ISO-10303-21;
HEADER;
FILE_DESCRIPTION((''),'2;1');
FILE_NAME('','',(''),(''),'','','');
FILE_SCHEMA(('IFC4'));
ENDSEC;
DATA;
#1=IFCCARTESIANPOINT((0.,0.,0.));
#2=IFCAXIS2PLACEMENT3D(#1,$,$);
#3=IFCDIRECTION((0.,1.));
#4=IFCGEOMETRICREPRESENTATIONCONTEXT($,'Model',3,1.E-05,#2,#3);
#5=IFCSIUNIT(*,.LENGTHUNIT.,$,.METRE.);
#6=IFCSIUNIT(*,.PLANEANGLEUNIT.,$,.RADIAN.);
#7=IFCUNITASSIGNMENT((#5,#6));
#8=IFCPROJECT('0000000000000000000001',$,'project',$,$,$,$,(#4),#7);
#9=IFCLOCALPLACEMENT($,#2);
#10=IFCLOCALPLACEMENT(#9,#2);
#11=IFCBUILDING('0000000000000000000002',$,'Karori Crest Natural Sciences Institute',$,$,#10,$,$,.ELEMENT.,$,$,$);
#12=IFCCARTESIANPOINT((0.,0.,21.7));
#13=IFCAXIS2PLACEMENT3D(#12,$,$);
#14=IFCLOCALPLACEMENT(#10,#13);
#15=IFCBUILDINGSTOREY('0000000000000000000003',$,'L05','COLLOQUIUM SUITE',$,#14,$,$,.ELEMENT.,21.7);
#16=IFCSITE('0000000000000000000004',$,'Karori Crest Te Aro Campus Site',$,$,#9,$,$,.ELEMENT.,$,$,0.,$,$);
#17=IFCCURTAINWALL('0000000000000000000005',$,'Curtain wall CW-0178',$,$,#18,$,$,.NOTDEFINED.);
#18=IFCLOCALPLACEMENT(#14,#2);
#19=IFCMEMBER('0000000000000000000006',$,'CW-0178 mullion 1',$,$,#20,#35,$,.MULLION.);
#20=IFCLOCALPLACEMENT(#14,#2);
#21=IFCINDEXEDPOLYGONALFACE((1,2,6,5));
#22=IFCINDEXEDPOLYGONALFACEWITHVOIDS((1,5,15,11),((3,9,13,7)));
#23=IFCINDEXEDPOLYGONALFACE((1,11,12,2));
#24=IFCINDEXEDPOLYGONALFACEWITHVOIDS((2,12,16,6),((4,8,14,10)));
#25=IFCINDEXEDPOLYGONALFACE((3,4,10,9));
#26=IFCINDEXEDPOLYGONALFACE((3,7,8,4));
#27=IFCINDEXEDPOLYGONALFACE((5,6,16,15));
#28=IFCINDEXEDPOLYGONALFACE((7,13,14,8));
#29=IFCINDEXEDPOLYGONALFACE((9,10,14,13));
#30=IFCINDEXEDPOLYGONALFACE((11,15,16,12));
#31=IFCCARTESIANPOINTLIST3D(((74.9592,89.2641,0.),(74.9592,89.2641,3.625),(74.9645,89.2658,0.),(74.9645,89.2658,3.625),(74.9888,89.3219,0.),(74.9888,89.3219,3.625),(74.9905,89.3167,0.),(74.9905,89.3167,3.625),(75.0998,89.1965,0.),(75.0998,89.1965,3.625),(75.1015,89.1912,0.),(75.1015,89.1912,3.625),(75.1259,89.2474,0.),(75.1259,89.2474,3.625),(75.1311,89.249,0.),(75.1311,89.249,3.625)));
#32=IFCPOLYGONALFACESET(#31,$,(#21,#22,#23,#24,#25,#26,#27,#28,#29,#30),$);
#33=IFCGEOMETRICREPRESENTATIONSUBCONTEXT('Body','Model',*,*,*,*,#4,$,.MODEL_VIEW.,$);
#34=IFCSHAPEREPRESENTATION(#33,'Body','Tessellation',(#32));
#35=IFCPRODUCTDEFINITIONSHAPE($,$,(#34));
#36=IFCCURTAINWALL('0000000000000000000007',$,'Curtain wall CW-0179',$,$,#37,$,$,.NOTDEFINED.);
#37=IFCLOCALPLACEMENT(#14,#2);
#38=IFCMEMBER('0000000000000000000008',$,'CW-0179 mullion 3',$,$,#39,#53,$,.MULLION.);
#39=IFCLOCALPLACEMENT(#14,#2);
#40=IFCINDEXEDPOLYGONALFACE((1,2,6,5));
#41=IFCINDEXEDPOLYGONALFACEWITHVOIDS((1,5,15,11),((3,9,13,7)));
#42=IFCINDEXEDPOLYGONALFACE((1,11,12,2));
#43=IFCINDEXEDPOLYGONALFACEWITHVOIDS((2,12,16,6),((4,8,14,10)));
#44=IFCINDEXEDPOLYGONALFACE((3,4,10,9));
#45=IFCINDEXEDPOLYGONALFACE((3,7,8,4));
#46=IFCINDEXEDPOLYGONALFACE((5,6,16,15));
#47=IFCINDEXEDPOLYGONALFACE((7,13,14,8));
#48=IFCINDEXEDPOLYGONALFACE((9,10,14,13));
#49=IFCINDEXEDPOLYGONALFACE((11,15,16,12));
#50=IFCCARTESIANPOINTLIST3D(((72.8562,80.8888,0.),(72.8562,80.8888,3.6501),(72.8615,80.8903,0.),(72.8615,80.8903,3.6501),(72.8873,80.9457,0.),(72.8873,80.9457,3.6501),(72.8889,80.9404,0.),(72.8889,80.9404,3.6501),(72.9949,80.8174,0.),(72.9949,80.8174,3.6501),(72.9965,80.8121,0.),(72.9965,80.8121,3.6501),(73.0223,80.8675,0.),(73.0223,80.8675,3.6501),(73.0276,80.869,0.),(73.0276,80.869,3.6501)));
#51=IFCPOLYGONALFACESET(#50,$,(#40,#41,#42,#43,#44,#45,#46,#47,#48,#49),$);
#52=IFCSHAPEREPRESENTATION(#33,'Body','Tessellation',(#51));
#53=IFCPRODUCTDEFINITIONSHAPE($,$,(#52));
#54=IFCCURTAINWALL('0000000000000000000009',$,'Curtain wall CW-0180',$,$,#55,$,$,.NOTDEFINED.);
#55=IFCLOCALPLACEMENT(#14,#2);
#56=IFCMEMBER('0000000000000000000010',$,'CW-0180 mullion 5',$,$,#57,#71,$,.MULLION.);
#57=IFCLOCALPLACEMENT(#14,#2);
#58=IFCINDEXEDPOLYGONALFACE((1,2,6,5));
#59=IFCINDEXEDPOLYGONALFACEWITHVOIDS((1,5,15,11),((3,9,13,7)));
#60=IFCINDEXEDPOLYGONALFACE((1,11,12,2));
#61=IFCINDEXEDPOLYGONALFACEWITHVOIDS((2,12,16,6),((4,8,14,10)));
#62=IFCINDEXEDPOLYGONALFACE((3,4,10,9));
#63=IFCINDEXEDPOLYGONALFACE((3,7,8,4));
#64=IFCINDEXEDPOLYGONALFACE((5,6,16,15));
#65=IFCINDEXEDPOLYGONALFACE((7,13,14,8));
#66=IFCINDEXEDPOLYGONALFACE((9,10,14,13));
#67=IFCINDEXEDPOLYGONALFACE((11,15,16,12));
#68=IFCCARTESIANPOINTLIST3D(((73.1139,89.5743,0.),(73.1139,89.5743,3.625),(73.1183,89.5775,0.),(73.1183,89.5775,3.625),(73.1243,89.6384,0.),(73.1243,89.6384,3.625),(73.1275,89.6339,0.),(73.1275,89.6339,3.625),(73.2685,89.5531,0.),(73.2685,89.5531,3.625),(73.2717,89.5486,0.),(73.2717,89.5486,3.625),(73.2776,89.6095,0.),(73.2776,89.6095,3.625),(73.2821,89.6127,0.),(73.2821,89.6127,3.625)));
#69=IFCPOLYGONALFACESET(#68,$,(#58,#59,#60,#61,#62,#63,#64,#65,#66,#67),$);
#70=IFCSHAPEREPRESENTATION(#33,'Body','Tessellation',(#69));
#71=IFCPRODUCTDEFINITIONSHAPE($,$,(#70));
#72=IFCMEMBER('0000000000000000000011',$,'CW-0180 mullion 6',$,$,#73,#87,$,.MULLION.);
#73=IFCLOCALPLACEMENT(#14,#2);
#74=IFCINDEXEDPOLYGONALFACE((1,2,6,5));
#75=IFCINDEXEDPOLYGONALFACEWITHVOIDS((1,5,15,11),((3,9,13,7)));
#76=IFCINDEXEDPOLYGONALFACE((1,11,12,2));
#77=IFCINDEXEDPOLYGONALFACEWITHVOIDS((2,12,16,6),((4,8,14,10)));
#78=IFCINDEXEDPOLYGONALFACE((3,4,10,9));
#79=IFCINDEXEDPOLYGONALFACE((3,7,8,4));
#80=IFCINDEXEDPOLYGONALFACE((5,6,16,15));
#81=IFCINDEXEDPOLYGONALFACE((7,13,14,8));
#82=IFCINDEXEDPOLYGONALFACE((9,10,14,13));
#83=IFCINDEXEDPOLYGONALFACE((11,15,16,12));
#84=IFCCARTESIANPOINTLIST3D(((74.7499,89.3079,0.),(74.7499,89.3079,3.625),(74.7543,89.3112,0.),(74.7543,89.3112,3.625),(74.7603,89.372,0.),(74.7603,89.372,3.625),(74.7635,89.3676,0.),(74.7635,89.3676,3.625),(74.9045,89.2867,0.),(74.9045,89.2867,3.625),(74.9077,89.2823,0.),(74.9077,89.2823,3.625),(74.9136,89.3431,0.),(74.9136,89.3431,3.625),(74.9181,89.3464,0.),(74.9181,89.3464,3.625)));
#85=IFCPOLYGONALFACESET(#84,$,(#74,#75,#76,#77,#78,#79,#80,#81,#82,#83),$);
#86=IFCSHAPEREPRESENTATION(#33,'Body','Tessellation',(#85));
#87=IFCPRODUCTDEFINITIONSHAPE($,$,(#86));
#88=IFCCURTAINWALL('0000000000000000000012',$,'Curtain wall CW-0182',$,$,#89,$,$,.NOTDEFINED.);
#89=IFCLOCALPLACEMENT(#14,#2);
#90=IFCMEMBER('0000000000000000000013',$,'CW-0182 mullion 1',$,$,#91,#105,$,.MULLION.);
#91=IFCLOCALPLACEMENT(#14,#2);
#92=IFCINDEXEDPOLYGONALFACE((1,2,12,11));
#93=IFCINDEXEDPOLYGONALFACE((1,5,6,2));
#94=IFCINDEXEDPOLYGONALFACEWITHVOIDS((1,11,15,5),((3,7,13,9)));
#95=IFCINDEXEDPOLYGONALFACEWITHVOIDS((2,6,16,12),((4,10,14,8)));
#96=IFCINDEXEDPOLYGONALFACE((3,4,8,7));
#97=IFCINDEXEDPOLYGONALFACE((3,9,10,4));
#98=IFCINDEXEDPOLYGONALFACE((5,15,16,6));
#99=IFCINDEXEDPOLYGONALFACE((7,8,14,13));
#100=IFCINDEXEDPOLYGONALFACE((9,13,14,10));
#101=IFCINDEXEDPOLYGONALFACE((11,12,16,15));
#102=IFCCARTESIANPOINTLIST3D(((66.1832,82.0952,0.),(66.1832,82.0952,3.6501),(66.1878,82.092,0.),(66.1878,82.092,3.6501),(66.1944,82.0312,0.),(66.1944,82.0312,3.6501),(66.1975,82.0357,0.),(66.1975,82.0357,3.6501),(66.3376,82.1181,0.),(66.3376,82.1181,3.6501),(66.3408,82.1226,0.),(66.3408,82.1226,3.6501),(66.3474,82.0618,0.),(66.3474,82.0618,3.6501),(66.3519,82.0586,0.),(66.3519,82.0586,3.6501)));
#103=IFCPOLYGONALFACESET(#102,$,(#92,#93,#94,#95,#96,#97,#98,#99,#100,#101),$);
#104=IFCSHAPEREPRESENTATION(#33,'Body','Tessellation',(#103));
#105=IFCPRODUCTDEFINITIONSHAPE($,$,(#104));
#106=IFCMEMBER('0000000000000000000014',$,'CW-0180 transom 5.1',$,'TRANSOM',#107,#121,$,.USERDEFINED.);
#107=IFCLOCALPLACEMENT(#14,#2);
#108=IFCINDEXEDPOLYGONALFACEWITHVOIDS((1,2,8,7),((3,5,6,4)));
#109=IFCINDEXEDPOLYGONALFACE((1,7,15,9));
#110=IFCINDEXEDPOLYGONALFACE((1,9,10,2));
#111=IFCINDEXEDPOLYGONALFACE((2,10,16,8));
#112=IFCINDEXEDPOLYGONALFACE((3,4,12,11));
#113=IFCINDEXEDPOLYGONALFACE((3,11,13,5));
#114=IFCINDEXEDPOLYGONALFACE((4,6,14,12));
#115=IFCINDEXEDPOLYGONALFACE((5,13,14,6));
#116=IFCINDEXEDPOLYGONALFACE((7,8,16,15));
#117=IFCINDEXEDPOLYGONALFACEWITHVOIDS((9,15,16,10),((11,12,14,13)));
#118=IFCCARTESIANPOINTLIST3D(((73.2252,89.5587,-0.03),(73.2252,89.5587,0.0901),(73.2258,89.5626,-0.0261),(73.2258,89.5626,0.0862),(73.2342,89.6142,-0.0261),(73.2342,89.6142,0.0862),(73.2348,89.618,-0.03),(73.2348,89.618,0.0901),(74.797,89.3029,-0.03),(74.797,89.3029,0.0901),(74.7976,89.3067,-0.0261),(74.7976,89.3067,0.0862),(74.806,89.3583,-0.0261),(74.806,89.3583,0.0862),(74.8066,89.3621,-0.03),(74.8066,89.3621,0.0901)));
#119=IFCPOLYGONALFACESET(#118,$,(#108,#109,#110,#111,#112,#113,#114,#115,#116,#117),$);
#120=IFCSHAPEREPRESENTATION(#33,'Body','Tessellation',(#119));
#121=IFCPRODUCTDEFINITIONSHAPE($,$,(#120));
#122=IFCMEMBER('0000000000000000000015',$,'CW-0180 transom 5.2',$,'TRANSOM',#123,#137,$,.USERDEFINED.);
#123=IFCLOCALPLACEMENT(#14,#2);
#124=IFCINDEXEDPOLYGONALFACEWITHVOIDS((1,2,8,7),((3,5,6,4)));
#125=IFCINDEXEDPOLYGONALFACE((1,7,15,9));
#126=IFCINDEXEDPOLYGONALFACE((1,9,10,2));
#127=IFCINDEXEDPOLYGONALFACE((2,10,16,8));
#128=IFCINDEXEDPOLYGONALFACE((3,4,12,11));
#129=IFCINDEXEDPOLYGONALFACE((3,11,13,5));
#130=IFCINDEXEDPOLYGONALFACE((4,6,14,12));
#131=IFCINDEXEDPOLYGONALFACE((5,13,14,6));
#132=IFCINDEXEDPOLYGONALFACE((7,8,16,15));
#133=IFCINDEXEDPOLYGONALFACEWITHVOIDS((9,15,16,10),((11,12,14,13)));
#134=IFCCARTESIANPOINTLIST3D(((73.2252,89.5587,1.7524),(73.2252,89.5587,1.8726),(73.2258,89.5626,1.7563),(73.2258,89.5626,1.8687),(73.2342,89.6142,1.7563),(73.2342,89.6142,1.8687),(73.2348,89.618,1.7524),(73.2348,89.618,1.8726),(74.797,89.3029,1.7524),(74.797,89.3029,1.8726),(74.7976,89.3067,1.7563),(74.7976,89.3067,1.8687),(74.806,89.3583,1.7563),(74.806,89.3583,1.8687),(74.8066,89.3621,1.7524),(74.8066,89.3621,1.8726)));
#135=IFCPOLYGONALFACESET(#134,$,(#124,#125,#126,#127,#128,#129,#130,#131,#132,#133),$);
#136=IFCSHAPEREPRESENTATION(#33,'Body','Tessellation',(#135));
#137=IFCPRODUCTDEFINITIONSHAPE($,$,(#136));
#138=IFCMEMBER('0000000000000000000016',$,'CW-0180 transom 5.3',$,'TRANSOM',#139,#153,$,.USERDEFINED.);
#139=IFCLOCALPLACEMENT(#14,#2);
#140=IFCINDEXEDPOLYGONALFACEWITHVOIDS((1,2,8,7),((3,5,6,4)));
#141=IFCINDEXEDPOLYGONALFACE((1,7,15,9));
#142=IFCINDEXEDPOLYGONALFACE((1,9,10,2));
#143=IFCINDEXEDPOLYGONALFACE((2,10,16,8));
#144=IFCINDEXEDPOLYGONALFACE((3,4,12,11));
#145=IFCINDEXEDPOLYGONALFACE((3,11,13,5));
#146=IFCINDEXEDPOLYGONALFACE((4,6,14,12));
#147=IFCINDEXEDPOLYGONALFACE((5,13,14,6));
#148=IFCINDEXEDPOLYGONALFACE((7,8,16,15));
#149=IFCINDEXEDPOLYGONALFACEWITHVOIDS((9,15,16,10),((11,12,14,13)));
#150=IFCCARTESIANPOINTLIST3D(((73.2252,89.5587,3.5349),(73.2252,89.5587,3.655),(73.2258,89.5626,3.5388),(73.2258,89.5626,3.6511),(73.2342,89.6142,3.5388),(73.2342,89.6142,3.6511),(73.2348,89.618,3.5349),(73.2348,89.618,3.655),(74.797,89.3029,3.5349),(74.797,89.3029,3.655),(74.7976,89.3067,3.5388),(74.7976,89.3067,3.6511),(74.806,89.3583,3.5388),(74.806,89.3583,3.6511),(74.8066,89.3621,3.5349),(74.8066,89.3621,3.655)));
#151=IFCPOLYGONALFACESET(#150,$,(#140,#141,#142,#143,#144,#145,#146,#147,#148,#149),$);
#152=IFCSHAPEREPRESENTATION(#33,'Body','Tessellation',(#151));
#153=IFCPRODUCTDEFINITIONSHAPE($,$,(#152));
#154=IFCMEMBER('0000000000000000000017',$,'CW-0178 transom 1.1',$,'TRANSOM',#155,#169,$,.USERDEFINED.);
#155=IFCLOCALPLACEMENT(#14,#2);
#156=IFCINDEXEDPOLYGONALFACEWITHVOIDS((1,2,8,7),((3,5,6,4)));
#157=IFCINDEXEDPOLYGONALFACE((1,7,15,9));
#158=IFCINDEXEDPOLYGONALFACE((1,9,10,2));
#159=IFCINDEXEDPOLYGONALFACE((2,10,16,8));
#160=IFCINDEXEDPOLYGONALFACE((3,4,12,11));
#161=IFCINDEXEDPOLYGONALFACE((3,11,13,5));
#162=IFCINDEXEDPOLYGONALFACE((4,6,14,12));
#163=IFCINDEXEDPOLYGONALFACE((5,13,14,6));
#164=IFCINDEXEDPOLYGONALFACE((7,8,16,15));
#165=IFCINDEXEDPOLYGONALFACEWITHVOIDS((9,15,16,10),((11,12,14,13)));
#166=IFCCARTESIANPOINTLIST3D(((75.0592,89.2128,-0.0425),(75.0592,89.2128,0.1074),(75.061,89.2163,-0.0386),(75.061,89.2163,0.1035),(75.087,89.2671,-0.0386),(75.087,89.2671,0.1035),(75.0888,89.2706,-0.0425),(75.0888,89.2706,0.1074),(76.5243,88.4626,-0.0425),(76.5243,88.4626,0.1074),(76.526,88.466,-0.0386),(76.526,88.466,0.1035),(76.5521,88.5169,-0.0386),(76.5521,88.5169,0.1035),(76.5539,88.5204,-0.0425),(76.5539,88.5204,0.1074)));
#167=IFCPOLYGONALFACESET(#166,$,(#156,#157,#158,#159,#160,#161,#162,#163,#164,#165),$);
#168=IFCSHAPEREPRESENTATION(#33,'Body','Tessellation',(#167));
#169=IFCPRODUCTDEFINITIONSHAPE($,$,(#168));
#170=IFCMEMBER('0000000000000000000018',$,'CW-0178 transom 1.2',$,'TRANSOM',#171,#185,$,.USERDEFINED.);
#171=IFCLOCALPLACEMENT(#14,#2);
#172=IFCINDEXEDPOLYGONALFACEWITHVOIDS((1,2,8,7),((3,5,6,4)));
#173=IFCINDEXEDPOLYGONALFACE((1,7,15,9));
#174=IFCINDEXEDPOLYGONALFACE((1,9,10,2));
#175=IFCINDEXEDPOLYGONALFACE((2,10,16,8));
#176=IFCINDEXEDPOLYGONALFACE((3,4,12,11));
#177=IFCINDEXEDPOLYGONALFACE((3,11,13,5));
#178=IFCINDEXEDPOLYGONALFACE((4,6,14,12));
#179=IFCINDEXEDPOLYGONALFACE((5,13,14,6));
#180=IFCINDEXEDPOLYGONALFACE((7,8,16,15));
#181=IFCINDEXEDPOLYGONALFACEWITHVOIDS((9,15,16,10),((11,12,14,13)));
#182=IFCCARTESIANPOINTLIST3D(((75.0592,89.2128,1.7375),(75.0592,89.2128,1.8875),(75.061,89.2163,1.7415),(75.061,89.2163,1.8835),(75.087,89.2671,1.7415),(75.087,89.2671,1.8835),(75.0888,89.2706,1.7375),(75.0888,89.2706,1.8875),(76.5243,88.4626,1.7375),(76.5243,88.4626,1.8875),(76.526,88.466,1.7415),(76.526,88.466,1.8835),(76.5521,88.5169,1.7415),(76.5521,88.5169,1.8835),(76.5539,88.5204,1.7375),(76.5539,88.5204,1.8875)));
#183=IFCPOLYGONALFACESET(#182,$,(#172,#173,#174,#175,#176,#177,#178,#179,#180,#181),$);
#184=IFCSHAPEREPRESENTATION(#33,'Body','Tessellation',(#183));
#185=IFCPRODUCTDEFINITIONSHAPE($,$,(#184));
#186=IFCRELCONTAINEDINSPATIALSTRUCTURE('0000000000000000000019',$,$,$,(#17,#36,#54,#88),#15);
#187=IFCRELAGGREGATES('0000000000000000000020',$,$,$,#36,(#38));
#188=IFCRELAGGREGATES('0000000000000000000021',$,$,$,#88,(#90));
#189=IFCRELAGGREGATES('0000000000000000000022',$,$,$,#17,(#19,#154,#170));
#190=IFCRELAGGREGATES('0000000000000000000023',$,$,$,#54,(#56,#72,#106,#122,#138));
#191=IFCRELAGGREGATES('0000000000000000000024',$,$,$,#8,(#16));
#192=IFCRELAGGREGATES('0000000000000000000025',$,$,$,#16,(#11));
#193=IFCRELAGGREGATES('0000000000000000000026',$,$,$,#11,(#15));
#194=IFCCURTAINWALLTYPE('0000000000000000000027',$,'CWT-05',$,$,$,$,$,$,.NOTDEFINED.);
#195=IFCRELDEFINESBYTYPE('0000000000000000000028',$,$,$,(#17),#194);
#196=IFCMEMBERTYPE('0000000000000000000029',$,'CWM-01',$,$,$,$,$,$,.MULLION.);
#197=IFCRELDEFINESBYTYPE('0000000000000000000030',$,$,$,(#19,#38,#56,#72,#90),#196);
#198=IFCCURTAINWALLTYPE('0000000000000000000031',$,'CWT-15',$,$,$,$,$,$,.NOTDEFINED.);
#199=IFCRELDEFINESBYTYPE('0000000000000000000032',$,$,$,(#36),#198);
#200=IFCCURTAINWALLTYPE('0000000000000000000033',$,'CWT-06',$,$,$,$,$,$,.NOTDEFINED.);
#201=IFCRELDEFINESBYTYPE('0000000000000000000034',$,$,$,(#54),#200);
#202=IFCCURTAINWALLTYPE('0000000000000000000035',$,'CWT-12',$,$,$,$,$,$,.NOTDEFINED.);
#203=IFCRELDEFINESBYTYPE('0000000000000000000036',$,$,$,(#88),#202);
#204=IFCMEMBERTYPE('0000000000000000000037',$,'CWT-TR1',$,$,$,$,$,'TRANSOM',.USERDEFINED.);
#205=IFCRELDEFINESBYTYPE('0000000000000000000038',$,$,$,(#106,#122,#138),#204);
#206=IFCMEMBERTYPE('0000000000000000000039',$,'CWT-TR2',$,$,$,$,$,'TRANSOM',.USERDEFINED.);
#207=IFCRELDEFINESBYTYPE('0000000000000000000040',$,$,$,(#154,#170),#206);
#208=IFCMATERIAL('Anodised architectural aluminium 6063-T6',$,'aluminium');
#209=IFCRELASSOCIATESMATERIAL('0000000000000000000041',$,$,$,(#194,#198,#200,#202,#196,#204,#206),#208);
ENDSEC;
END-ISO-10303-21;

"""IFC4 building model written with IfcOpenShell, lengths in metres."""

from ifc_helpers import new_model, si_unit, direction, frame, origin, origin_2d, place, context, subcontext, project, spatial, hollow_rectangle, extrude, material, material_profile, profile_set, type_object, element, aggregate, save


model = new_model("IFC4")

# Units and contexts
model_context = context("Model", 3, precision=1e-05, world=origin(), true_north=direction((0.0, 1.0)))
body_context = subcontext(model_context, "Body", "Model", "MODEL_VIEW")
ifc_project = project(units=[si_unit("LENGTHUNIT", "METRE"), si_unit("PLANEANGLEUNIT", "RADIAN")], contexts=[model_context])

# Site, building, storey
site_placement = place(None, origin())
site = spatial("IfcSite", under=ifc_project, at=site_placement, Name="Karori Crest Te Aro Campus Site", CompositionType="ELEMENT", RefElevation=0.0)
building_placement = place(site_placement, origin())
building = spatial("IfcBuilding", under=site, at=building_placement, Name="Karori Crest Natural Sciences Institute", CompositionType="ELEMENT")
storey_placement = place(building_placement, frame((0.0, 0.0, 21.7)))
storey = spatial("IfcBuildingStorey", under=building, at=storey_placement, Name="L05", Description="COLLOQUIUM SUITE", CompositionType="ELEMENT", Elevation=21.7)

# Curtain walls, members
ifc_material_1 = material(Name="Anodised architectural aluminium 6063-T6", Category="aluminium")
curtain_wall_type_1 = type_object("IfcCurtainWallType", Name="CWT-05", PredefinedType="NOTDEFINED", material=ifc_material_1)
curtain_wall_1_placement = place(storey_placement, origin())
curtain_wall_1 = element("IfcCurtainWall", 1, at=curtain_wall_1_placement, inside=storey, type_object=curtain_wall_type_1, Name="Curtain wall CW-0178", PredefinedType="NOTDEFINED")
ifc_material_profile_1 = material_profile(ifc_material_1, hollow_rectangle(XDim=0.0649, YDim=0.1599, WallThickness=0.0039, at=origin_2d()), Name="CWM160x65x4")
ifc_profile_set_1 = profile_set([ifc_material_profile_1], Name="Anodised architectural aluminium 6063-T6")
member_type_1 = type_object("IfcMemberType", Name="CWM-01", PredefinedType="MULLION", material=ifc_profile_set_1)
member_1_placement = place(storey_placement, frame((75.0452, 89.2566, 0.0), z_axis=(0.0, 0.0, 1.0), x_axis=(0.455829, 0.890067, 0.0)))
member_1 = element("IfcMember", 2, at=member_1_placement, type_object=member_type_1, Name="CW-0178 mullion 1", PredefinedType="MULLION", context=body_context, shape_type="SweptSolid", body=[
    extrude(hollow_rectangle(XDim=0.0649, YDim=0.1599, WallThickness=0.0039, at=origin_2d()), origin(), (0.0, 0.0, 1.0), 3.625),
])
curtain_wall_type_2 = type_object("IfcCurtainWallType", Name="CWT-15", PredefinedType="NOTDEFINED", material=ifc_material_1)
curtain_wall_2_placement = place(storey_placement, origin())
curtain_wall_2 = element("IfcCurtainWall", 3, at=curtain_wall_2_placement, inside=storey, type_object=curtain_wall_type_2, Name="Curtain wall CW-0179", PredefinedType="NOTDEFINED")
member_2_placement = place(storey_placement, frame((72.9419, 80.8789, 0.0), z_axis=(0.0, 0.0, 1.0), x_axis=(-0.479631, -0.87747, 0.0)))
member_2 = element("IfcMember", 4, at=member_2_placement, type_object=member_type_1, Name="CW-0179 mullion 3", PredefinedType="MULLION", context=body_context, shape_type="SweptSolid", body=[
    extrude(hollow_rectangle(XDim=0.0649, YDim=0.1599, WallThickness=0.0039, at=origin_2d()), origin(), (0.0, 0.0, 1.0), 3.6501),
])
aggregate(curtain_wall_2, [member_2])

# Curtain wall, members
curtain_wall_type_3 = type_object("IfcCurtainWallType", Name="CWT-06", PredefinedType="NOTDEFINED", material=ifc_material_1)
curtain_wall_3_placement = place(storey_placement, origin())
curtain_wall_3 = element("IfcCurtainWall", 5, at=curtain_wall_3_placement, inside=storey, type_object=curtain_wall_type_3, Name="Curtain wall CW-0180", PredefinedType="NOTDEFINED")
member_3_placement = place(storey_placement, frame((73.198, 89.5935, 0.0), z_axis=(0.0, 0.0, 1.0), x_axis=(0.160655, 0.987011, 0.0)))
member_3 = element("IfcMember", 6, at=member_3_placement, type_object=member_type_1, Name="CW-0180 mullion 5", PredefinedType="MULLION", context=body_context, shape_type="SweptSolid", body=[
    extrude(hollow_rectangle(XDim=0.0649, YDim=0.1599, WallThickness=0.0039, at=origin_2d()), origin(), (0.0, 0.0, 1.0), 3.625),
])
member_4_placement = place(storey_placement, frame((74.834, 89.3271, 0.0), z_axis=(0.0, 0.0, 1.0), x_axis=(0.160655, 0.987011, 0.0)))
member_4 = element("IfcMember", 7, at=member_4_placement, type_object=member_type_1, Name="CW-0180 mullion 6", PredefinedType="MULLION", context=body_context, shape_type="SweptSolid", body=[
    extrude(hollow_rectangle(XDim=0.0649, YDim=0.1599, WallThickness=0.0039, at=origin_2d()), origin(), (0.0, 0.0, 1.0), 3.625),
])

# Curtain wall, member
curtain_wall_type_4 = type_object("IfcCurtainWallType", Name="CWT-12", PredefinedType="NOTDEFINED", material=ifc_material_1)
curtain_wall_4_placement = place(storey_placement, origin())
curtain_wall_4 = element("IfcCurtainWall", 8, at=curtain_wall_4_placement, inside=storey, type_object=curtain_wall_type_4, Name="Curtain wall CW-0182", PredefinedType="NOTDEFINED")
member_5_placement = place(storey_placement, frame((66.2676, 82.0769, 0.0), z_axis=(0.0, 0.0, 1.0), x_axis=(0.171174, -0.985241, 0.0)))
member_5 = element("IfcMember", 9, at=member_5_placement, type_object=member_type_1, Name="CW-0182 mullion 1", PredefinedType="MULLION", context=body_context, shape_type="SweptSolid", body=[
    extrude(hollow_rectangle(XDim=0.0649, YDim=0.1599, WallThickness=0.0039, at=origin_2d()), origin(), (0.0, 0.0, 1.0), 3.6501),
])
aggregate(curtain_wall_4, [member_5])

# Members
ifc_material_profile_2 = material_profile(ifc_material_1, hollow_rectangle(XDim=0.0601, YDim=0.1201, WallThickness=0.0039, at=origin_2d()), Name="CWT120x60x4")
ifc_profile_set_2 = profile_set([ifc_material_profile_2], Name="Anodised architectural aluminium 6063-T6")
member_type_2 = type_object("IfcMemberType", Name="CWT-TR1", ElementType="TRANSOM", PredefinedType="USERDEFINED", material=ifc_profile_set_2)
member_6_placement = place(storey_placement, frame((73.23, 89.5884, 0.03), z_axis=(0.987008, -0.160669, 0.0), x_axis=(0.160669, 0.987008, 0.0)))
member_6 = element("IfcMember", 10, at=member_6_placement, type_object=member_type_2, Name="CW-0180 transom 5.1", ObjectType="TRANSOM", PredefinedType="USERDEFINED", context=body_context, shape_type="SweptSolid", body=[
    extrude(hollow_rectangle(XDim=0.0601, YDim=0.1201, WallThickness=0.0039, at=origin_2d()), origin(), (0.0, 0.0, 1.0), 1.5925),
])
member_7_placement = place(storey_placement, frame((73.23, 89.5884, 1.8125), z_axis=(0.987008, -0.160669, 0.0), x_axis=(0.160669, 0.987008, 0.0)))
member_7 = element("IfcMember", 11, at=member_7_placement, type_object=member_type_2, Name="CW-0180 transom 5.2", ObjectType="TRANSOM", PredefinedType="USERDEFINED", context=body_context, shape_type="SweptSolid", body=[
    extrude(hollow_rectangle(XDim=0.0601, YDim=0.1201, WallThickness=0.0039, at=origin_2d()), origin(), (0.0, 0.0, 1.0), 1.5925),
])
member_8_placement = place(storey_placement, frame((73.23, 89.5884, 3.595), z_axis=(0.987008, -0.160669, 0.0), x_axis=(0.160669, 0.987008, 0.0)))
member_8 = element("IfcMember", 12, at=member_8_placement, type_object=member_type_2, Name="CW-0180 transom 5.3", ObjectType="TRANSOM", PredefinedType="USERDEFINED", context=body_context, shape_type="SweptSolid", body=[
    extrude(hollow_rectangle(XDim=0.0601, YDim=0.1201, WallThickness=0.0039, at=origin_2d()), origin(), (0.0, 0.0, 1.0), 1.5925),
])
ifc_material_profile_3 = material_profile(ifc_material_1, hollow_rectangle(XDim=0.0649, YDim=0.1499, WallThickness=0.0039, at=origin_2d()), Name="CWT150x65x4")
ifc_profile_set_3 = profile_set([ifc_material_profile_3], Name="Anodised architectural aluminium 6063-T6")
member_type_3 = type_object("IfcMemberType", Name="CWT-TR2", ElementType="TRANSOM", PredefinedType="USERDEFINED", material=ifc_profile_set_3)
member_9_placement = place(storey_placement, frame((75.074, 89.2417, 0.0325), z_axis=(0.890084, -0.455796, 0.0), x_axis=(0.455796, 0.890084, 0.0)))
member_9 = element("IfcMember", 13, at=member_9_placement, type_object=member_type_3, Name="CW-0178 transom 1.1", ObjectType="TRANSOM", PredefinedType="USERDEFINED", context=body_context, shape_type="SweptSolid", body=[
    extrude(hollow_rectangle(XDim=0.0649, YDim=0.1499, WallThickness=0.0039, at=origin_2d()), origin(), (0.0, 0.0, 1.0), 1.646),
])
member_10_placement = place(storey_placement, frame((75.074, 89.2417, 1.8125), z_axis=(0.890084, -0.455796, 0.0), x_axis=(0.455796, 0.890084, 0.0)))
member_10 = element("IfcMember", 14, at=member_10_placement, type_object=member_type_3, Name="CW-0178 transom 1.2", ObjectType="TRANSOM", PredefinedType="USERDEFINED", context=body_context, shape_type="SweptSolid", body=[
    extrude(hollow_rectangle(XDim=0.0649, YDim=0.1499, WallThickness=0.0039, at=origin_2d()), origin(), (0.0, 0.0, 1.0), 1.646),
])

aggregate(curtain_wall_1, [member_1, member_9, member_10])
aggregate(curtain_wall_3, [member_3, member_4, member_6, member_7, member_8])

save(model, "model.ifc")
